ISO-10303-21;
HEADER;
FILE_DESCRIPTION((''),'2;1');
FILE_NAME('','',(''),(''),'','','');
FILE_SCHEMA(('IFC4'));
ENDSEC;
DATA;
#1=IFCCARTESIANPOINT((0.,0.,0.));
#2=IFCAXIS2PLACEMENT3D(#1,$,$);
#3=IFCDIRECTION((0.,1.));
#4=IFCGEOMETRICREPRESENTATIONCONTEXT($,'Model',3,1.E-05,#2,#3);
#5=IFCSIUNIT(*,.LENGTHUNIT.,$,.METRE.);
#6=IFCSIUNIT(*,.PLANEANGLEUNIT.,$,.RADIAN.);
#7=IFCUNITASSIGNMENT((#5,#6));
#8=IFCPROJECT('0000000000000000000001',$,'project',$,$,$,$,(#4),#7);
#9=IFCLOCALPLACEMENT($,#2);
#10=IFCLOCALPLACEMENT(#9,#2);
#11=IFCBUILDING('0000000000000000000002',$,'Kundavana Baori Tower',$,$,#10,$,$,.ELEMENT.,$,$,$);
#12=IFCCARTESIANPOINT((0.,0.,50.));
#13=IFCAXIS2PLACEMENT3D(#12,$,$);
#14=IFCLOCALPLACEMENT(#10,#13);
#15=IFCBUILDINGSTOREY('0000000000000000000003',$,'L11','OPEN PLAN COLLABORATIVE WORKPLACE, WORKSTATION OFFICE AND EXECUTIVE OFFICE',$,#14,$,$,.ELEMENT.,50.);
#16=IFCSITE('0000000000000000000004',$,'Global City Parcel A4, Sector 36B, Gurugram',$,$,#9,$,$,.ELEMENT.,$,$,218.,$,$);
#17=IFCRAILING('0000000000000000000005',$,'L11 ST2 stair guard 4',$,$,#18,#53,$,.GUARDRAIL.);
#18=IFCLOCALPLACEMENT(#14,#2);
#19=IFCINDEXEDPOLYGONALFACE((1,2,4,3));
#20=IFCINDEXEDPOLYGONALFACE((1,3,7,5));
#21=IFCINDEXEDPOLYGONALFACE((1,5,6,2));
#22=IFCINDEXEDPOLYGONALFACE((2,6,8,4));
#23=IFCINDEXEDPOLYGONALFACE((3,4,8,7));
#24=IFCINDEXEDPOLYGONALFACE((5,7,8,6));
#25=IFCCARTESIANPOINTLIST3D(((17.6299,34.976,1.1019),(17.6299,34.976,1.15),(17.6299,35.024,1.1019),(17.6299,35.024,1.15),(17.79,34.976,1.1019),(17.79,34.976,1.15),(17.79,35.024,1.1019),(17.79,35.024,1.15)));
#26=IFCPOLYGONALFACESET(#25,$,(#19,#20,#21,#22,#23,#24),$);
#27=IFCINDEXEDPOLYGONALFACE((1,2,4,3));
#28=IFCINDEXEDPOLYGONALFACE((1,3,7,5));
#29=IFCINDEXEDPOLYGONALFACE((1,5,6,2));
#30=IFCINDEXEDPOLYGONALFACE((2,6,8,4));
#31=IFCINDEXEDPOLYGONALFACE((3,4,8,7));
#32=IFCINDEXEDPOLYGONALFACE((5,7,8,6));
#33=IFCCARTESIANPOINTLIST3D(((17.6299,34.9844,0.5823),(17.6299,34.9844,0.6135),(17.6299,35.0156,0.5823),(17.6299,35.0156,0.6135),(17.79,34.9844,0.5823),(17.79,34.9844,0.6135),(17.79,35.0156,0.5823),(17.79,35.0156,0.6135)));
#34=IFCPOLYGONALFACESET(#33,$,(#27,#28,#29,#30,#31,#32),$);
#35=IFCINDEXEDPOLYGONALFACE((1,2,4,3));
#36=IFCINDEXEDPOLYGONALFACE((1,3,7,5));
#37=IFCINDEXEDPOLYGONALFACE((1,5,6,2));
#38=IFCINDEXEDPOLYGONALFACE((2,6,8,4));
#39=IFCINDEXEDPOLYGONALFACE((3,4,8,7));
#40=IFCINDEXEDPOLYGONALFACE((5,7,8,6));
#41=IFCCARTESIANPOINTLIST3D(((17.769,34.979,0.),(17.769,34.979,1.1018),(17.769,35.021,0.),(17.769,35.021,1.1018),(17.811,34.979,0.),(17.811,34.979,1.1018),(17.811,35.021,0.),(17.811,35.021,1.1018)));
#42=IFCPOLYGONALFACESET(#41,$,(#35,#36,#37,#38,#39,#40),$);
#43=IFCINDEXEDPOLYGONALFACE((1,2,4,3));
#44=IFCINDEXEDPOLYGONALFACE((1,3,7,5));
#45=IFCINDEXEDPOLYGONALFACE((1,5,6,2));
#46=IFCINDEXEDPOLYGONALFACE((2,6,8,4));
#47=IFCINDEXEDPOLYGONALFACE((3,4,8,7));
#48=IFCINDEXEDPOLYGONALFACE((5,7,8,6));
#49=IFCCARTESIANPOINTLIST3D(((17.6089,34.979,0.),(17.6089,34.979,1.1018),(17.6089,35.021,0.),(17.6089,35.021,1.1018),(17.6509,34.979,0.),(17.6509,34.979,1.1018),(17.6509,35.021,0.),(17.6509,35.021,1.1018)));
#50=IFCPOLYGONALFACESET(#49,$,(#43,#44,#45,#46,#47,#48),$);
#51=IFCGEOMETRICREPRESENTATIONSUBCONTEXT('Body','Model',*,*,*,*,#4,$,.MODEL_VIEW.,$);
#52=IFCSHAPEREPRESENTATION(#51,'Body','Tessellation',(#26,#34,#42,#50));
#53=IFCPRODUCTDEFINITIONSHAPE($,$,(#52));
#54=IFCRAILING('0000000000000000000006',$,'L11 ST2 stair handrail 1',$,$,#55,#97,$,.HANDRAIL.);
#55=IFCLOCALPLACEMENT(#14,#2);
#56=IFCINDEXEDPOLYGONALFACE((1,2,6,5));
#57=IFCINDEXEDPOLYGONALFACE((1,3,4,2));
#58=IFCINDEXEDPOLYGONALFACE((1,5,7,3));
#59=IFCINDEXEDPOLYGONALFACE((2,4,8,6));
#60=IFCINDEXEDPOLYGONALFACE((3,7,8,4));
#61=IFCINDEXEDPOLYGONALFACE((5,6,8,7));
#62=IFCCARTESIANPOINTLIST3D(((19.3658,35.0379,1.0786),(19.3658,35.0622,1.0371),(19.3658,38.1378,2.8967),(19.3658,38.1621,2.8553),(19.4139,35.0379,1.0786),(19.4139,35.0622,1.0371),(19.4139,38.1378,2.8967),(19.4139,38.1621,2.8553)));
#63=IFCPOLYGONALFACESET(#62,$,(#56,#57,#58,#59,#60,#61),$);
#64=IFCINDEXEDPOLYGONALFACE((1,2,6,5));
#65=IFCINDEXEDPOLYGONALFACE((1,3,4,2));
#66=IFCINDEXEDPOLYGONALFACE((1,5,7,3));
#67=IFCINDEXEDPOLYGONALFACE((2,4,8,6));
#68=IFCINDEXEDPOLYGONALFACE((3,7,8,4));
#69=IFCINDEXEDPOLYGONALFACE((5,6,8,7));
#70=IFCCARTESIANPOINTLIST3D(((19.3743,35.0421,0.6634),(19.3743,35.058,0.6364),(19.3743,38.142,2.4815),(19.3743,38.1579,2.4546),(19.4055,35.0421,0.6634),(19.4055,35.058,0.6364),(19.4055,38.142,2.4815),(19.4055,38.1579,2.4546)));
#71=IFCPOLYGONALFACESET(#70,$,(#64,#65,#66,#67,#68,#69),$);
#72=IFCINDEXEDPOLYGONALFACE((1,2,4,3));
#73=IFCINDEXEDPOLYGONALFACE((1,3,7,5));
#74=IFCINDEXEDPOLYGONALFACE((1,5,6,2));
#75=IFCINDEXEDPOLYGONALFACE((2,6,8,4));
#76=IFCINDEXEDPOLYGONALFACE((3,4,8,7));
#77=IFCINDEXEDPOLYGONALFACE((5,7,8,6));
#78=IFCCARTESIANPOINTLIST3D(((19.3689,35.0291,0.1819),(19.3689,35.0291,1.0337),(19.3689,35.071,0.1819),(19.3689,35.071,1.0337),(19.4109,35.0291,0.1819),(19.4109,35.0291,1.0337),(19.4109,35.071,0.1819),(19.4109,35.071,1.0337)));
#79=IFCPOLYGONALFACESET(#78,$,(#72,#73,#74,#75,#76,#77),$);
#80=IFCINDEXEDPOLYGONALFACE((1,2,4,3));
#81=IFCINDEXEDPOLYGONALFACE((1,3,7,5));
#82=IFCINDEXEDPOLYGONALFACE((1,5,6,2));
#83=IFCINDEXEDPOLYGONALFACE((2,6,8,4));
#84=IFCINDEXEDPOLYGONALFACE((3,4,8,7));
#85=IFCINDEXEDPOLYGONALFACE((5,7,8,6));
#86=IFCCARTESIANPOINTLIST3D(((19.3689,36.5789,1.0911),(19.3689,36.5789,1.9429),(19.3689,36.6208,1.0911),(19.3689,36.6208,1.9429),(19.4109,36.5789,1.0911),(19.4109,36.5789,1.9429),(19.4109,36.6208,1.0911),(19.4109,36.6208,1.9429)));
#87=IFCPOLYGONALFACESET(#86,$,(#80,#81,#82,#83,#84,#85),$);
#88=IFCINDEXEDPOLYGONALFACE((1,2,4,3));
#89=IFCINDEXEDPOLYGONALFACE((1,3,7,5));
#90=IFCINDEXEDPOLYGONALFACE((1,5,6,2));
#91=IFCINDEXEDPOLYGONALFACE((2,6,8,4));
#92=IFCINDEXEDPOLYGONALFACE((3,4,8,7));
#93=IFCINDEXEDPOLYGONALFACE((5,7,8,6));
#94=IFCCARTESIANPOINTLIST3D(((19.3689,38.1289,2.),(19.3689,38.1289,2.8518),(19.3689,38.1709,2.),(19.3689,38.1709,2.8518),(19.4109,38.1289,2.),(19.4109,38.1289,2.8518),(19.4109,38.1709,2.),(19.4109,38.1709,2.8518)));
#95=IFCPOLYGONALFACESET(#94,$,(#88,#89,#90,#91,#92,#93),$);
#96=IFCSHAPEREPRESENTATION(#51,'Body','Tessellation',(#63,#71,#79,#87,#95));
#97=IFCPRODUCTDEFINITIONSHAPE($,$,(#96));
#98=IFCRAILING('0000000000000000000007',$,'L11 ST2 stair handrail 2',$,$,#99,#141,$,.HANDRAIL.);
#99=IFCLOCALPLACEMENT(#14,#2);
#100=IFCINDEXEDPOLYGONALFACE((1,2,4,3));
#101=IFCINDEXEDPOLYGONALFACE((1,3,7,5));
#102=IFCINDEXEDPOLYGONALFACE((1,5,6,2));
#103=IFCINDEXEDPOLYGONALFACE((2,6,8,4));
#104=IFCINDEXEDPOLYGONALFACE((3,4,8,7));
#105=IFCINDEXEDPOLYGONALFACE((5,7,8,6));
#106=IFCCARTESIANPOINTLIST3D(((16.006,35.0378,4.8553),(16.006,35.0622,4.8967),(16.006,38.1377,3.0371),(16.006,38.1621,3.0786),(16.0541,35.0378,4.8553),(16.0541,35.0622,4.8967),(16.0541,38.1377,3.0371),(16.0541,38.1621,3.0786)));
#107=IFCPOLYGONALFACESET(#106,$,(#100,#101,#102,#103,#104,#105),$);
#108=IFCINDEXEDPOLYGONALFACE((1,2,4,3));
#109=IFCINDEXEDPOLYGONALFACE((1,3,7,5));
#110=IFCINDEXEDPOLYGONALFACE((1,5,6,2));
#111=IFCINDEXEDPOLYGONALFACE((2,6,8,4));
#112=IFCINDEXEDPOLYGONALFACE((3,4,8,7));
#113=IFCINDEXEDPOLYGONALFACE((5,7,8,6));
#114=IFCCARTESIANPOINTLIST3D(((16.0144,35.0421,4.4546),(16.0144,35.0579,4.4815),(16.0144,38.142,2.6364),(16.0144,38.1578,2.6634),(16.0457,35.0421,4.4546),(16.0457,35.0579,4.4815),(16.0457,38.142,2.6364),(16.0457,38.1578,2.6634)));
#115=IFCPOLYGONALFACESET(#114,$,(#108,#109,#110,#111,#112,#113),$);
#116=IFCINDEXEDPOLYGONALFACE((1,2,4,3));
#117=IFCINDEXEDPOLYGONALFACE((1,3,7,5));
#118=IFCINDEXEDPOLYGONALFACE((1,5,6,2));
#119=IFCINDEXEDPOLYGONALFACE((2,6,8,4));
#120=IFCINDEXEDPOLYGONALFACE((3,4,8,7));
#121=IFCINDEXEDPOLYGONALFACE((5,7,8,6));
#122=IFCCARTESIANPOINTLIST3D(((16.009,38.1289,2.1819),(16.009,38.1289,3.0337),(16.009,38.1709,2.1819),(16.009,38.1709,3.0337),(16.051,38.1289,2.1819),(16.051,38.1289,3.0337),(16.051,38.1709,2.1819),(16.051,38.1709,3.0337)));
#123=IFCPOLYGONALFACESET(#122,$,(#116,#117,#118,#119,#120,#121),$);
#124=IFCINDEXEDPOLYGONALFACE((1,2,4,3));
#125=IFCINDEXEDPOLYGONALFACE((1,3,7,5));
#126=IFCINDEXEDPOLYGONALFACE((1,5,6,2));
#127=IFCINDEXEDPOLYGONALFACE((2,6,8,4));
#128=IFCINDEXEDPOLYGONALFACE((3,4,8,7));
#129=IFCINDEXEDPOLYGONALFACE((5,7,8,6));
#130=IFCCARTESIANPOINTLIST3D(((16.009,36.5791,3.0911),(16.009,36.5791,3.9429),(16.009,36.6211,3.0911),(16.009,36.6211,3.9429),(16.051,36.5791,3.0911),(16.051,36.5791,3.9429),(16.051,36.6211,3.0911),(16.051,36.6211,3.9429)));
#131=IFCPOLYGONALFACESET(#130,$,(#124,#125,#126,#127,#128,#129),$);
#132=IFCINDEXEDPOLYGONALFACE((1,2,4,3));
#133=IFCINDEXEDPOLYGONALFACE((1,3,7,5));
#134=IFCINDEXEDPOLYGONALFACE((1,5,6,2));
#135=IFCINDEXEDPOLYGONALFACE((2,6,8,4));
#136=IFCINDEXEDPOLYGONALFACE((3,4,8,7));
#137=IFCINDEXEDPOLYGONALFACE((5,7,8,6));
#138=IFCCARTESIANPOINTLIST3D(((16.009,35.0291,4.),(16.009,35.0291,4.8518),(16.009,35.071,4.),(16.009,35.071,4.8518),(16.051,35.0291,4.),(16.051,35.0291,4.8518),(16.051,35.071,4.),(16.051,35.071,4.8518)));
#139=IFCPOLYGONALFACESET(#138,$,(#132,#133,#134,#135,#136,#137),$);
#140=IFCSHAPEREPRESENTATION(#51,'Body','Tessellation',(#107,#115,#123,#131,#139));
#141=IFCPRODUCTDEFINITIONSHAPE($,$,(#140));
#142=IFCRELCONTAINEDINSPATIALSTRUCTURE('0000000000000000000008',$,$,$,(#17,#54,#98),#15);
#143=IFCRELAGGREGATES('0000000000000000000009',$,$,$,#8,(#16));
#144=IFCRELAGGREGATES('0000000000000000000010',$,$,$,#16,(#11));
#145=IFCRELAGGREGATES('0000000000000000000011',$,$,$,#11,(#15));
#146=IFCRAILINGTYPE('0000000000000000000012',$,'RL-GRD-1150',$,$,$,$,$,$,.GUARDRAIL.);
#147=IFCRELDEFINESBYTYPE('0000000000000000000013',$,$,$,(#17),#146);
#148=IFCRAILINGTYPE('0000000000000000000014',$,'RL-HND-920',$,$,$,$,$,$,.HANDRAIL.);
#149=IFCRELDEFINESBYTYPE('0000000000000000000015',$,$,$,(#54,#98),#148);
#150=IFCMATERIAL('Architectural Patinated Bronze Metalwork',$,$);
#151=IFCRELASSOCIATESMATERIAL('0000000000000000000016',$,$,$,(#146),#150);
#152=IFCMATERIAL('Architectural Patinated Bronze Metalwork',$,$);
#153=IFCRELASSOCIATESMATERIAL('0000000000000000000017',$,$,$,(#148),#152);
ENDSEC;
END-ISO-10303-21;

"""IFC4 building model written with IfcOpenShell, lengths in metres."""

from ifc_helpers import new_model, si_unit, direction, frame, origin, origin_2d, place, context, subcontext, project, spatial, rectangle, extrude, material, type_object, element, save


model = new_model("IFC4")

# Units and contexts
model_context = context("Model", 3, precision=1e-05, world=origin(), true_north=direction((0.0, 1.0)))
body_context = subcontext(model_context, "Body", "Model", "MODEL_VIEW")
ifc_project = project(units=[si_unit("LENGTHUNIT", "METRE"), si_unit("PLANEANGLEUNIT", "RADIAN")], contexts=[model_context])

# Site, building, storey
site_placement = place(None, origin())
site = spatial("IfcSite", under=ifc_project, at=site_placement, Name="Global City Parcel A4, Sector 36B, Gurugram", CompositionType="ELEMENT", RefElevation=218.0)
building_placement = place(site_placement, origin())
building = spatial("IfcBuilding", under=site, at=building_placement, Name="Kundavana Baori Tower", CompositionType="ELEMENT")
storey_placement = place(building_placement, frame((0.0, 0.0, 50.0)))
storey = spatial("IfcBuildingStorey", under=building, at=storey_placement, Name="L11", Description="OPEN PLAN COLLABORATIVE WORKPLACE, WORKSTATION OFFICE AND EXECUTIVE OFFICE", CompositionType="ELEMENT", Elevation=50.0)

# Railings
ifc_material_1 = material(Name="Architectural Patinated Bronze Metalwork")
railing_type_1 = type_object("IfcRailingType", Name="RL-GRD-1150", PredefinedType="GUARDRAIL", material=ifc_material_1)
railing_1_placement = place(storey_placement, frame((17.79, 35.0, 0.0)))
element("IfcRailing", 1, at=railing_1_placement, inside=storey, type_object=railing_type_1, Name="L11 ST2 stair guard 4", PredefinedType="GUARDRAIL", context=body_context, shape_type="SweptSolid", body=[
    extrude(rectangle(XDim=0.0481, YDim=0.0481, at=origin_2d()), frame((0.0, 0.0, 1.126), z_axis=(-1.0, 0.0, 0.0), x_axis=(0.0, -1.0, 0.0)), (0.0, 0.0, 1.0), 0.1602),
    extrude(rectangle(XDim=0.0312, YDim=0.0312, at=origin_2d()), frame((0.0, 0.0, 0.5979), z_axis=(-1.0, 0.0, 0.0), x_axis=(0.0, -1.0, 0.0)), (0.0, 0.0, 1.0), 0.1602),
    extrude(rectangle(XDim=0.042, YDim=0.042, at=origin_2d()), origin(), (0.0, 0.0, 1.0), 1.1018),
    extrude(rectangle(XDim=0.042, YDim=0.042, at=origin_2d()), frame((-0.1602, 0.0, 0.0)), (0.0, 0.0, 1.0), 1.1018),
])
ifc_material_2 = material(Name="Architectural Patinated Bronze Metalwork")
railing_type_2 = type_object("IfcRailingType", Name="RL-HND-920", PredefinedType="HANDRAIL", material=ifc_material_2)
railing_2_placement = place(storey_placement, frame((19.3899, 35.05, 0.1819)))
element("IfcRailing", 2, at=railing_2_placement, inside=storey, type_object=railing_type_2, Name="L11 ST2 stair handrail 1", PredefinedType="HANDRAIL", context=body_context, shape_type="SweptSolid", body=[
    extrude(rectangle(XDim=0.0481, YDim=0.0481, at=origin_2d()), frame((0.0, 0.0, 0.876), z_axis=(0.0, 0.862581, 0.505918), x_axis=(-1.0, 0.0, 0.0)), (0.0, 0.0, 1.0), 3.5938),
    extrude(rectangle(XDim=0.0312, YDim=0.0312, at=origin_2d()), frame((0.0, 0.0, 0.468), z_axis=(0.0, 0.862581, 0.505918), x_axis=(-1.0, 0.0, 0.0)), (0.0, 0.0, 1.0), 3.5938),
    extrude(rectangle(XDim=0.042, YDim=0.042, at=origin_2d()), origin(), (0.0, 0.0, 1.0), 0.8518),
    extrude(rectangle(XDim=0.042, YDim=0.042, at=origin_2d()), frame((0.0, 1.5498, 0.9092)), (0.0, 0.0, 1.0), 0.8518),
    extrude(rectangle(XDim=0.042, YDim=0.042, at=origin_2d()), frame((0.0, 3.0999, 1.8181)), (0.0, 0.0, 1.0), 0.8518),
])
railing_3_placement = place(storey_placement, frame((16.03, 38.1499, 2.1819)))
element("IfcRailing", 3, at=railing_3_placement, inside=storey, type_object=railing_type_2, Name="L11 ST2 stair handrail 2", PredefinedType="HANDRAIL", context=body_context, shape_type="SweptSolid", body=[
    extrude(rectangle(XDim=0.0481, YDim=0.0481, at=origin_2d()), frame((0.0, 0.0, 0.876), z_axis=(0.0, -0.862581, 0.505918), x_axis=(1.0, 0.0, 0.0)), (0.0, 0.0, 1.0), 3.5938),
    extrude(rectangle(XDim=0.0312, YDim=0.0312, at=origin_2d()), frame((0.0, 0.0, 0.468), z_axis=(0.0, -0.862581, 0.505918), x_axis=(1.0, 0.0, 0.0)), (0.0, 0.0, 1.0), 3.5938),
    extrude(rectangle(XDim=0.042, YDim=0.042, at=origin_2d()), origin(), (0.0, 0.0, 1.0), 0.8518),
    extrude(rectangle(XDim=0.042, YDim=0.042, at=origin_2d()), frame((0.0, -1.5498, 0.9092)), (0.0, 0.0, 1.0), 0.8518),
    extrude(rectangle(XDim=0.042, YDim=0.042, at=origin_2d()), frame((0.0, -3.0999, 1.8181)), (0.0, 0.0, 1.0), 0.8518),
])

save(model, "model.ifc")
